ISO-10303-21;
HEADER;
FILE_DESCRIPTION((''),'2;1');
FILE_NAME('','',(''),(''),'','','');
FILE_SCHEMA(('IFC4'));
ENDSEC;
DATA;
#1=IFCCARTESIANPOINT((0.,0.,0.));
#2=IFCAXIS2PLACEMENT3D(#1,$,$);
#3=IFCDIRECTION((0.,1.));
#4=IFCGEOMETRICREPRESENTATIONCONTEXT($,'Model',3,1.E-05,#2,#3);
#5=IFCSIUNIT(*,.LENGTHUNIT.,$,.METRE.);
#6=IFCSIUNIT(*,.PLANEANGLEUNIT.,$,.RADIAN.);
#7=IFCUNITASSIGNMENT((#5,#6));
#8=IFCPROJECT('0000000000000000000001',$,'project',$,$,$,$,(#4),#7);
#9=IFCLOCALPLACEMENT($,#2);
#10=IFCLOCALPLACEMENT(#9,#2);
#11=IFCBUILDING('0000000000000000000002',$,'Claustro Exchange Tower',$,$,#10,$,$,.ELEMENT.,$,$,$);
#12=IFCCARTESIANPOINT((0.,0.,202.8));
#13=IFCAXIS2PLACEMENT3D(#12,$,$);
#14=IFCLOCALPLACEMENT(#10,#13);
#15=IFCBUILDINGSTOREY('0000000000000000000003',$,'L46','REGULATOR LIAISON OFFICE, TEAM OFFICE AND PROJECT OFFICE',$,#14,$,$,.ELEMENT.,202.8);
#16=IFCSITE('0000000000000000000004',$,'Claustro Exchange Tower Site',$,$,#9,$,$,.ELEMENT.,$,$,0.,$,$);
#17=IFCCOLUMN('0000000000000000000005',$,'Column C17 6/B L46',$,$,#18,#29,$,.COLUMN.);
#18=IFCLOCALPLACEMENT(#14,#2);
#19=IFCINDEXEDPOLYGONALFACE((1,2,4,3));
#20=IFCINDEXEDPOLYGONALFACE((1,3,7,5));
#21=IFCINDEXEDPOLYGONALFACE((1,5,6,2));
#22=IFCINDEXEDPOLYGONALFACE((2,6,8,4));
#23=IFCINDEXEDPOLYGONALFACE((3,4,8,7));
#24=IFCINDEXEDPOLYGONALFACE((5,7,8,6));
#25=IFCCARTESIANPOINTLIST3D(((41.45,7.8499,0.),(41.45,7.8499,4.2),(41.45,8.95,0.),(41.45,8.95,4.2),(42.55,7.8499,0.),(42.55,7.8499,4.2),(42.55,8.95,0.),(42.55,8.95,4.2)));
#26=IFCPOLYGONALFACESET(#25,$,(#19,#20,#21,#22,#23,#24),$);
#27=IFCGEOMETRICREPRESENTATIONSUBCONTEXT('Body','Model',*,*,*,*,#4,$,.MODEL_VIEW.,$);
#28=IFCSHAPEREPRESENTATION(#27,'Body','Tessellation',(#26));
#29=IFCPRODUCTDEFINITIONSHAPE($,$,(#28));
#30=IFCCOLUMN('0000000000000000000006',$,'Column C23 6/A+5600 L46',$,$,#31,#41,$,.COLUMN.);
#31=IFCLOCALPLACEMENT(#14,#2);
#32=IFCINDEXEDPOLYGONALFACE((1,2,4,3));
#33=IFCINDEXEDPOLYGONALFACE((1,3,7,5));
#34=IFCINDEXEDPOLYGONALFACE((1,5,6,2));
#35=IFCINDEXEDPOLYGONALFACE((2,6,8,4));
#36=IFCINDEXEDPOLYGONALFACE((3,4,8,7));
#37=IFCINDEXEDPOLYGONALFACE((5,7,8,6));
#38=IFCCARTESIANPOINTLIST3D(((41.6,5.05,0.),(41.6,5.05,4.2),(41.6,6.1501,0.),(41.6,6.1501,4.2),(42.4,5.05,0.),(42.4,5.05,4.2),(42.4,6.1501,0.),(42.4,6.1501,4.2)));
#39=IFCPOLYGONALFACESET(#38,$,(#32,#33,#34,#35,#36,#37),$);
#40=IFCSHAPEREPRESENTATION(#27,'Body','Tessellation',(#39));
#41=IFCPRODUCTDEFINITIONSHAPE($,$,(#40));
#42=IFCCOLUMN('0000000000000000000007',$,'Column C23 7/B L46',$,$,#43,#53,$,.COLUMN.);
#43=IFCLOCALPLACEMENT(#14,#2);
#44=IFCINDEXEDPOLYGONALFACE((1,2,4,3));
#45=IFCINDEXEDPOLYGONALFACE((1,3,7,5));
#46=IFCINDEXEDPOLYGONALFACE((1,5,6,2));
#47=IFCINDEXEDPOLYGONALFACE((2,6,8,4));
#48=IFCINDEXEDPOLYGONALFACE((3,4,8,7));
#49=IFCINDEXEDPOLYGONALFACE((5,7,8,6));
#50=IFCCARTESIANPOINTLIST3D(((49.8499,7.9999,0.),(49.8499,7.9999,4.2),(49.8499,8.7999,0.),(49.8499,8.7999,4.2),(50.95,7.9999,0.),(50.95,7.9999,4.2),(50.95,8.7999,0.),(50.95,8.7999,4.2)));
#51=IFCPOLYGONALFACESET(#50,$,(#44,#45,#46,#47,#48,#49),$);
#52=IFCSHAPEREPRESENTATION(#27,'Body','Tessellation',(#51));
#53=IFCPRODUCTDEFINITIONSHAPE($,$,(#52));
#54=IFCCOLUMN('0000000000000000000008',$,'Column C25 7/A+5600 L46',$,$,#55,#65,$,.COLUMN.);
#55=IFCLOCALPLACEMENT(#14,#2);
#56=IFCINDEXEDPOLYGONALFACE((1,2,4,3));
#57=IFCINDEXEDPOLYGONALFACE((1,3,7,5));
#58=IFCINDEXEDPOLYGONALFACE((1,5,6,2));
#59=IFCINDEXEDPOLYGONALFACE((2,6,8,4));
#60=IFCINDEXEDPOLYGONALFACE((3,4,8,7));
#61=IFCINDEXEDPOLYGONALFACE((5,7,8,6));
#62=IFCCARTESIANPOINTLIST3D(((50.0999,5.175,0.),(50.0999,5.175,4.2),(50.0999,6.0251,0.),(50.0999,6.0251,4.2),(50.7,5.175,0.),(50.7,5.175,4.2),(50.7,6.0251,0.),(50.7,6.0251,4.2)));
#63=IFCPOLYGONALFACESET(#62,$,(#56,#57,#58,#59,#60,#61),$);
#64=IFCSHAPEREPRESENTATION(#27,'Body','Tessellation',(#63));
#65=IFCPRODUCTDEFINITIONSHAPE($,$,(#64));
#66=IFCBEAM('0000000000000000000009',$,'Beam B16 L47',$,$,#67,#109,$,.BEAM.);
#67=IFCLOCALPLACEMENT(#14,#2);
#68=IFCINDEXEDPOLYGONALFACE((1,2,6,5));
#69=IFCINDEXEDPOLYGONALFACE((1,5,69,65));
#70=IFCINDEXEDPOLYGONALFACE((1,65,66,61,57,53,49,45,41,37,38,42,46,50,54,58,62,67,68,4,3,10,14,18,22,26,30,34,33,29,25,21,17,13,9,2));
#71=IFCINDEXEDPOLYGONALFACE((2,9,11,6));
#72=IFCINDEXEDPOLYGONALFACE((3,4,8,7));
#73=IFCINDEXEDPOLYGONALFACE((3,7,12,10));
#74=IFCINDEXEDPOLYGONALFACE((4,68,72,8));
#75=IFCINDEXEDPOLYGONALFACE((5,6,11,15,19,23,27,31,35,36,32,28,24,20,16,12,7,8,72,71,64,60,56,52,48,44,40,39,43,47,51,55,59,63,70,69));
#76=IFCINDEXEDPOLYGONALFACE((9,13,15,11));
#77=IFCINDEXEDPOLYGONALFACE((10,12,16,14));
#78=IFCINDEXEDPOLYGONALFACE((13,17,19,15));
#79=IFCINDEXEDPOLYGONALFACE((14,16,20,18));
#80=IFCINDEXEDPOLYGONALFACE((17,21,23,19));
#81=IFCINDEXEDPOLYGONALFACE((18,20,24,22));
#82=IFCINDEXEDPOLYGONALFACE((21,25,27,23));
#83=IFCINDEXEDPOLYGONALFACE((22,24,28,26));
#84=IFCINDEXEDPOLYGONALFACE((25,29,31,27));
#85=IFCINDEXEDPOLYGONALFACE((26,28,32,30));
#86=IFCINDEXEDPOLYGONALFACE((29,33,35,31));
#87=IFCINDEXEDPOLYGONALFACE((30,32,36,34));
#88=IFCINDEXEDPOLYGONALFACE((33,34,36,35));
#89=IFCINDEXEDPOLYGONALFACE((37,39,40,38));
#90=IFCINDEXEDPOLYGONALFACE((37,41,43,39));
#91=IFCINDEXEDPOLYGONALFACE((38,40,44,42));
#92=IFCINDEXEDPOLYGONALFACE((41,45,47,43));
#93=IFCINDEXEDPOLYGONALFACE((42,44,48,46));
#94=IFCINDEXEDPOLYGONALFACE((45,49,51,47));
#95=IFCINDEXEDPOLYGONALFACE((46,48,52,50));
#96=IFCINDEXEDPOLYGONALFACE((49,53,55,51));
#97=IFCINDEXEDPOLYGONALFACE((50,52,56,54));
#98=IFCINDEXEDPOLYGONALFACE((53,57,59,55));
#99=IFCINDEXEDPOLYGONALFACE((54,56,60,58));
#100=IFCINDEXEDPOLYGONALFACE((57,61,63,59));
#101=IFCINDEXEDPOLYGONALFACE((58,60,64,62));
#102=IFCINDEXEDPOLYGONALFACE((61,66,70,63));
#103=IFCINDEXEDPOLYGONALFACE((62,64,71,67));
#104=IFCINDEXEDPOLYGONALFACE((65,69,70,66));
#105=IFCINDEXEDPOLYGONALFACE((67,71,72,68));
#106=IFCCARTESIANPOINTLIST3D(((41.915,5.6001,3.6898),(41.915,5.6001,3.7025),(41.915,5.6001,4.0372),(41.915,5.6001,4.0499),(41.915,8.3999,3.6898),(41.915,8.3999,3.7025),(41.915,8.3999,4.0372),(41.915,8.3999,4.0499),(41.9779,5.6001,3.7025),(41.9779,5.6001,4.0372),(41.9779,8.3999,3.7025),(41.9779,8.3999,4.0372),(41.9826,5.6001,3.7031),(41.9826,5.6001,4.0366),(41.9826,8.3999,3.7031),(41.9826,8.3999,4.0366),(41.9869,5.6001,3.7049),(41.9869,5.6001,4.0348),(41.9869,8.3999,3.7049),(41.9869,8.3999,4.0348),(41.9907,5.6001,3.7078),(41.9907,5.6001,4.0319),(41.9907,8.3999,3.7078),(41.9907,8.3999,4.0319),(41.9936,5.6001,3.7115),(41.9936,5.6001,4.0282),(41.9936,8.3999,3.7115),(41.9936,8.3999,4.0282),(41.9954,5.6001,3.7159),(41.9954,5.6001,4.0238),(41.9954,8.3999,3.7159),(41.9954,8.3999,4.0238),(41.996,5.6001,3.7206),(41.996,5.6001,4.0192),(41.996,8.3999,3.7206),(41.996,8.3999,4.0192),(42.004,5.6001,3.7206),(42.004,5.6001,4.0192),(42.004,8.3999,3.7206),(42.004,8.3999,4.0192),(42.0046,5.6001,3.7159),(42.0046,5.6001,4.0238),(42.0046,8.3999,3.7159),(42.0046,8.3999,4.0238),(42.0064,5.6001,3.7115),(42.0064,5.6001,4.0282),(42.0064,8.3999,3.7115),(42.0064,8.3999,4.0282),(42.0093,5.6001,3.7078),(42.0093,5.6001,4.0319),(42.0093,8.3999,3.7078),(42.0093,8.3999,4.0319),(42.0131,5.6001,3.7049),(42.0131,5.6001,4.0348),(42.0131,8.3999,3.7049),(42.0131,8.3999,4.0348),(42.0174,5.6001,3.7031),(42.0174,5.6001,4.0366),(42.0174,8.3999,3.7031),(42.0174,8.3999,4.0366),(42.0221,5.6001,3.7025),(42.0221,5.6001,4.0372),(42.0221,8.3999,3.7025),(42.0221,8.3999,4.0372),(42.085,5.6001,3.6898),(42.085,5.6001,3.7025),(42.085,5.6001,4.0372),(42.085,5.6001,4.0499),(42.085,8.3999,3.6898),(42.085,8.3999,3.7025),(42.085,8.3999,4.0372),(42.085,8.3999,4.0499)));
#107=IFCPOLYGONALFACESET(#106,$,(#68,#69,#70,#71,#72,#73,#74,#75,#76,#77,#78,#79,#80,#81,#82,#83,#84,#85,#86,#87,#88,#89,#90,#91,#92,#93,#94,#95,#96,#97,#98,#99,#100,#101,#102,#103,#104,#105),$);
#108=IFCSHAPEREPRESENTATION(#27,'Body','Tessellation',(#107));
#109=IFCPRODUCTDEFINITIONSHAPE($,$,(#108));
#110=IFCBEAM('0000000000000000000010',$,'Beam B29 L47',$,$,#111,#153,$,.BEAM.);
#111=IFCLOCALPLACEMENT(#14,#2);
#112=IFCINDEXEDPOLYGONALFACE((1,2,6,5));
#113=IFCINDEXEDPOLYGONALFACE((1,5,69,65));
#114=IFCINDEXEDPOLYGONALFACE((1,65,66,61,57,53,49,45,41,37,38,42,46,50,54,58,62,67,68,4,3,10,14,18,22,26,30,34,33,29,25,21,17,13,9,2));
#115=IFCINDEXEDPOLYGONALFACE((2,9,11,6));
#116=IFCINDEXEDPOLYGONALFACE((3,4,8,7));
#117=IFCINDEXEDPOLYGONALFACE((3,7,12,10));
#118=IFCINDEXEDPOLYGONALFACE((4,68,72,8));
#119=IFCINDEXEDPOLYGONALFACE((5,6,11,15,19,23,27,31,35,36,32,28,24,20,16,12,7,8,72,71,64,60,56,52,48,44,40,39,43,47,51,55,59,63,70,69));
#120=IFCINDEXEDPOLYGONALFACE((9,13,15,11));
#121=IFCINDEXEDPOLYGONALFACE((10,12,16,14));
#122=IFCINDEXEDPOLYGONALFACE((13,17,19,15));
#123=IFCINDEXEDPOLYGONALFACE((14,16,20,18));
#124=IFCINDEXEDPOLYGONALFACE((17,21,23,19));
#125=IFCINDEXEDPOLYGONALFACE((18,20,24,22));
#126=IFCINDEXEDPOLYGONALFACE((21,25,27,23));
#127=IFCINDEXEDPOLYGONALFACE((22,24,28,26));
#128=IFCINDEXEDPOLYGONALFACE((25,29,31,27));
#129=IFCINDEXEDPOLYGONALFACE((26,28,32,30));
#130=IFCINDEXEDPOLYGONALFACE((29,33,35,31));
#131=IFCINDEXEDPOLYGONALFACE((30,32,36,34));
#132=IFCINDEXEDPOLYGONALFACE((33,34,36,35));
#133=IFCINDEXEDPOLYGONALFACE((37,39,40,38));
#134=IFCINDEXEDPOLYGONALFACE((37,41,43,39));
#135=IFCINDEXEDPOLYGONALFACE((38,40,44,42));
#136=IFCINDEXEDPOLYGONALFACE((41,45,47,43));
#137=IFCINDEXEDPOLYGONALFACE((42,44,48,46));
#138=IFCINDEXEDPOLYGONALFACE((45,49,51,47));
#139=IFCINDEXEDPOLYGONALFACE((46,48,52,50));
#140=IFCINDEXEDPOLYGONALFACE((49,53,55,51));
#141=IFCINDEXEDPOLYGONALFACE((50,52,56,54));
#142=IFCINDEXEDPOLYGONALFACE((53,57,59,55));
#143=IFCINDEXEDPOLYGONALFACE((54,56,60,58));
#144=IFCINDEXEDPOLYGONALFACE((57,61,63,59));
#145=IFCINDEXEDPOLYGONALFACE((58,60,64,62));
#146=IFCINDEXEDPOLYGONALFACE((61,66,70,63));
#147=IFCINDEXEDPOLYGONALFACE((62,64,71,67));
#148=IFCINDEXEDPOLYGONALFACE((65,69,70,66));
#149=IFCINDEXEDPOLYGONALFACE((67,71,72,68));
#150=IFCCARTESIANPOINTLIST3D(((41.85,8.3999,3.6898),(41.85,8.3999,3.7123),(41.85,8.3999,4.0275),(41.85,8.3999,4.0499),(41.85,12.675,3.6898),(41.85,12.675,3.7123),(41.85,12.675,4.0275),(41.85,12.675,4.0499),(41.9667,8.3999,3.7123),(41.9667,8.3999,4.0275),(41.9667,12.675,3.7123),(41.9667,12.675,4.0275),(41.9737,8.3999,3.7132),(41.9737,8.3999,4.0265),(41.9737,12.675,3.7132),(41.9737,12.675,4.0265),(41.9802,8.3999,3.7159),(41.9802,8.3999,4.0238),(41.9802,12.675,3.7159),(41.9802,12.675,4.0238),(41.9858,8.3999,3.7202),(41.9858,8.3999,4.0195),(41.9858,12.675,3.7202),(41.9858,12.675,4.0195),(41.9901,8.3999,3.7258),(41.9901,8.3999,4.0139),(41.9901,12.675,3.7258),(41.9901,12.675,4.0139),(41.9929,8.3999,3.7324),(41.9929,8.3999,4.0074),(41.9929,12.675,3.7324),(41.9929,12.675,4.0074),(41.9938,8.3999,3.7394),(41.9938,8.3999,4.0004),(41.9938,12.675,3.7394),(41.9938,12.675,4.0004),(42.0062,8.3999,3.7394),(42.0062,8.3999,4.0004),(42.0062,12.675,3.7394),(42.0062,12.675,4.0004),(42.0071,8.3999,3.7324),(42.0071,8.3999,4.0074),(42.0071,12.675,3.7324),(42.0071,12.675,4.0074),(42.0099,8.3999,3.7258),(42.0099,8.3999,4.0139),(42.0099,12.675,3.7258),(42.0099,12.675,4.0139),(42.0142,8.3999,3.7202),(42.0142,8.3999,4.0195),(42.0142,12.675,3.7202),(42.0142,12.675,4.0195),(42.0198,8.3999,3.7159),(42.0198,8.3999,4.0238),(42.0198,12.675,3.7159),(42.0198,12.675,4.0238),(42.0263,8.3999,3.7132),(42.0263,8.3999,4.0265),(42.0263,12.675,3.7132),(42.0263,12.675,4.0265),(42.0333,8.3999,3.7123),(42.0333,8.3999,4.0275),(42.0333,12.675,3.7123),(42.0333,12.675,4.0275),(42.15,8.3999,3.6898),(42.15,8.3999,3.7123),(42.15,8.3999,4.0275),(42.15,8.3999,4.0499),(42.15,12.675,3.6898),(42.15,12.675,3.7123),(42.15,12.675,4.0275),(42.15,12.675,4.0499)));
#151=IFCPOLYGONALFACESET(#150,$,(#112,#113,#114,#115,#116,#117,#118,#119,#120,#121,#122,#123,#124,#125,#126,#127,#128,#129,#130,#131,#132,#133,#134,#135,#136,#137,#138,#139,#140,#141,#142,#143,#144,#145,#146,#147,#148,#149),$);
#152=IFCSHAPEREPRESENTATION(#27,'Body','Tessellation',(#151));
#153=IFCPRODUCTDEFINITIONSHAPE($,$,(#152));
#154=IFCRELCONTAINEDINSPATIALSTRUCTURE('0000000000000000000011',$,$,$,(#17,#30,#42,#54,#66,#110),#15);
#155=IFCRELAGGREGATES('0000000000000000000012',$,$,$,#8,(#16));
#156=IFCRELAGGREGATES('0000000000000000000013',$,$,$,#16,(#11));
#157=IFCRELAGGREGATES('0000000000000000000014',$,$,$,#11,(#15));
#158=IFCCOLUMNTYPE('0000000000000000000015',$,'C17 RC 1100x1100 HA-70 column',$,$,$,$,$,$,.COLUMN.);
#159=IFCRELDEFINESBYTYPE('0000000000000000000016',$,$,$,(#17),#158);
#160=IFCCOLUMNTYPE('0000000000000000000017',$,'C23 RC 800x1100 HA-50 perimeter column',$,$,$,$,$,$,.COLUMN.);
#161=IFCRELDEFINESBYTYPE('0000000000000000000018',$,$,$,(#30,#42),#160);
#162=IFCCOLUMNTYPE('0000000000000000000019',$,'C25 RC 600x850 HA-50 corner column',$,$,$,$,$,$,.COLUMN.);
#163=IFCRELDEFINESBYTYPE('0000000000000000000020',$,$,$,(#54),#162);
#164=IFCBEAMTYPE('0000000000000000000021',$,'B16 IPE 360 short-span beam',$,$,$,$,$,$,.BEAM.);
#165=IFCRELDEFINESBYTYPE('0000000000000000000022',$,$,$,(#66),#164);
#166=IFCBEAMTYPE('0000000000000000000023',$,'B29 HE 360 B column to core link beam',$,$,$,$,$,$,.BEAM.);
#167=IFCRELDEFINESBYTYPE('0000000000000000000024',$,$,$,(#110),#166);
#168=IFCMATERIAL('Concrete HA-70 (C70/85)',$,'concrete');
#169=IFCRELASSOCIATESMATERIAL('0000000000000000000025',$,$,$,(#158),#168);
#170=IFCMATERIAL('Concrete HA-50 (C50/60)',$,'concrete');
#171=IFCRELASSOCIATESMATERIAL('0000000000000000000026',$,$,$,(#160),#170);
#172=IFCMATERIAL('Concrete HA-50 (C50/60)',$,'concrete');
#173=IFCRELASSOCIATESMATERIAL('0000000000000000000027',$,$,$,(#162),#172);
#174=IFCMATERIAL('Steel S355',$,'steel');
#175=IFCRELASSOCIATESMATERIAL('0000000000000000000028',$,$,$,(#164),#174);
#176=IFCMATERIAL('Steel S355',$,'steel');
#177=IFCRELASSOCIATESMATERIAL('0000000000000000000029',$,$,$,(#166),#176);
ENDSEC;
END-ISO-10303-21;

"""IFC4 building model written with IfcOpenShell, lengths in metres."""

from ifc_helpers import new_model, si_unit, direction, frame, origin, origin_2d, place, context, subcontext, project, spatial, rectangle, i_section, extrude, material, material_profile, profile_set, type_object, element, save


model = new_model("IFC4")

# Units and contexts
model_context = context("Model", 3, precision=1e-05, world=origin(), true_north=direction((0.0, 1.0)))
body_context = subcontext(model_context, "Body", "Model", "MODEL_VIEW")
ifc_project = project(units=[si_unit("LENGTHUNIT", "METRE"), si_unit("PLANEANGLEUNIT", "RADIAN")], contexts=[model_context])

# Site, building, storey
site_placement = place(None, origin())
site = spatial("IfcSite", under=ifc_project, at=site_placement, Name="Claustro Exchange Tower Site", CompositionType="ELEMENT", RefElevation=0.0)
building_placement = place(site_placement, origin())
building = spatial("IfcBuilding", under=site, at=building_placement, Name="Claustro Exchange Tower", CompositionType="ELEMENT")
storey_placement = place(building_placement, frame((0.0, 0.0, 202.8)))
storey = spatial("IfcBuildingStorey", under=building, at=storey_placement, Name="L46", Description="REGULATOR LIAISON OFFICE, TEAM OFFICE AND PROJECT OFFICE", CompositionType="ELEMENT", Elevation=202.8)

# Columns
ifc_material_1 = material(Name="Concrete HA-70 (C70/85)", Category="concrete")
ifc_material_profile_1 = material_profile(ifc_material_1, rectangle(XDim=1.1001, YDim=1.1001, at=origin_2d()), Name="RC 1100x1100")
ifc_profile_set_1 = profile_set([ifc_material_profile_1], Name="Concrete HA-70 (C70/85)")
column_type_1 = type_object("IfcColumnType", Name="C17 RC 1100x1100 HA-70 column", PredefinedType="COLUMN", material=ifc_profile_set_1)
column_1_placement = place(storey_placement, frame((42.0, 8.3999, 0.0), z_axis=(0.0, 0.0, 1.0), x_axis=(1.0, 0.0, 0.0)))
element("IfcColumn", 1, at=column_1_placement, inside=storey, type_object=column_type_1, Name="Column C17 6/B L46", PredefinedType="COLUMN", context=body_context, shape_type="SweptSolid", body=[
    extrude(rectangle(XDim=1.1001, YDim=1.1001, at=origin_2d()), origin(), (0.0, 0.0, 1.0), 4.2),
])
ifc_material_2 = material(Name="Concrete HA-50 (C50/60)", Category="concrete")
ifc_material_profile_2 = material_profile(ifc_material_2, rectangle(XDim=0.8, YDim=1.1001, at=origin_2d()), Name="RC 800x1100")
ifc_profile_set_2 = profile_set([ifc_material_profile_2], Name="Concrete HA-50 (C50/60)")
column_type_2 = type_object("IfcColumnType", Name="C23 RC 800x1100 HA-50 perimeter column", PredefinedType="COLUMN", material=ifc_profile_set_2)
for number, where, z_axis, x_axis, name in (
    (2, (42.0, 5.6001, 0.0), (0.0, 0.0, 1.0), (1.0, 0.0, 0.0), "Column C23 6/A+5600 L46"),
    (3, (50.3999, 8.3999, 0.0), (0.0, 0.0, 1.0), (0.0, 1.0, 0.0), "Column C23 7/B L46"),
):
    element("IfcColumn", number, at=place(storey_placement, frame(where, z_axis=z_axis, x_axis=x_axis)), inside=storey, type_object=column_type_2, Name=name, PredefinedType="COLUMN", context=body_context, shape_type="SweptSolid", body=[
        extrude(rectangle(XDim=0.8, YDim=1.1001, at=origin_2d()), origin(), (0.0, 0.0, 1.0), 4.2),
    ])
ifc_material_3 = material(Name="Concrete HA-50 (C50/60)", Category="concrete")
ifc_material_profile_3 = material_profile(ifc_material_3, rectangle(XDim=0.6001, YDim=0.8501, at=origin_2d()), Name="RC 600x850")
ifc_profile_set_3 = profile_set([ifc_material_profile_3], Name="Concrete HA-50 (C50/60)")
column_type_3 = type_object("IfcColumnType", Name="C25 RC 600x850 HA-50 corner column", PredefinedType="COLUMN", material=ifc_profile_set_3)
column_2_placement = place(storey_placement, frame((50.3999, 5.6001, 0.0), z_axis=(0.0, 0.0, 1.0), x_axis=(1.0, 0.0, 0.0)))
element("IfcColumn", 4, at=column_2_placement, inside=storey, type_object=column_type_3, Name="Column C25 7/A+5600 L46", PredefinedType="COLUMN", context=body_context, shape_type="SweptSolid", body=[
    extrude(rectangle(XDim=0.6001, YDim=0.8501, at=origin_2d()), origin(), (0.0, 0.0, 1.0), 4.2),
])

# Beams
ifc_material_4 = material(Name="Steel S355", Category="steel")
ifc_material_profile_4 = material_profile(ifc_material_4, i_section(OverallWidth=0.1699, OverallDepth=0.3601, WebThickness=0.0081, FlangeThickness=0.0127, FilletRadius=0.0181, at=origin_2d()), Name="IPE 360")
ifc_profile_set_4 = profile_set([ifc_material_profile_4], Name="Steel S355")
beam_type_1 = type_object("IfcBeamType", Name="B16 IPE 360 short-span beam", PredefinedType="BEAM", material=ifc_profile_set_4)
beam_1_placement = place(storey_placement, frame((42.0, 5.6001, 3.8699), z_axis=(0.0, 1.0, 0.0), x_axis=(-1.0, 0.0, 0.0)))
element("IfcBeam", 5, at=beam_1_placement, inside=storey, type_object=beam_type_1, Name="Beam B16 L47", PredefinedType="BEAM", context=body_context, shape_type="SweptSolid", body=[
    extrude(i_section(OverallWidth=0.1699, OverallDepth=0.3601, WebThickness=0.0081, FlangeThickness=0.0127, FilletRadius=0.0181, at=origin_2d()), origin(), (0.0, 0.0, 1.0), 2.7998),
])
ifc_material_5 = material(Name="Steel S355", Category="steel")
ifc_material_profile_5 = material_profile(ifc_material_5, i_section(OverallWidth=0.3, OverallDepth=0.3601, WebThickness=0.0125, FlangeThickness=0.0225, FilletRadius=0.0271, at=origin_2d()), Name="HE 360 B")
ifc_profile_set_5 = profile_set([ifc_material_profile_5], Name="Steel S355")
beam_type_2 = type_object("IfcBeamType", Name="B29 HE 360 B column to core link beam", PredefinedType="BEAM", material=ifc_profile_set_5)
beam_2_placement = place(storey_placement, frame((42.0, 8.3999, 3.8699), z_axis=(0.0, 1.0, 0.0), x_axis=(-1.0, 0.0, 0.0)))
element("IfcBeam", 6, at=beam_2_placement, inside=storey, type_object=beam_type_2, Name="Beam B29 L47", PredefinedType="BEAM", context=body_context, shape_type="SweptSolid", body=[
    extrude(i_section(OverallWidth=0.3, OverallDepth=0.3601, WebThickness=0.0125, FlangeThickness=0.0225, FilletRadius=0.0271, at=origin_2d()), origin(), (0.0, 0.0, 1.0), 4.2751),
])

save(model, "model.ifc")
